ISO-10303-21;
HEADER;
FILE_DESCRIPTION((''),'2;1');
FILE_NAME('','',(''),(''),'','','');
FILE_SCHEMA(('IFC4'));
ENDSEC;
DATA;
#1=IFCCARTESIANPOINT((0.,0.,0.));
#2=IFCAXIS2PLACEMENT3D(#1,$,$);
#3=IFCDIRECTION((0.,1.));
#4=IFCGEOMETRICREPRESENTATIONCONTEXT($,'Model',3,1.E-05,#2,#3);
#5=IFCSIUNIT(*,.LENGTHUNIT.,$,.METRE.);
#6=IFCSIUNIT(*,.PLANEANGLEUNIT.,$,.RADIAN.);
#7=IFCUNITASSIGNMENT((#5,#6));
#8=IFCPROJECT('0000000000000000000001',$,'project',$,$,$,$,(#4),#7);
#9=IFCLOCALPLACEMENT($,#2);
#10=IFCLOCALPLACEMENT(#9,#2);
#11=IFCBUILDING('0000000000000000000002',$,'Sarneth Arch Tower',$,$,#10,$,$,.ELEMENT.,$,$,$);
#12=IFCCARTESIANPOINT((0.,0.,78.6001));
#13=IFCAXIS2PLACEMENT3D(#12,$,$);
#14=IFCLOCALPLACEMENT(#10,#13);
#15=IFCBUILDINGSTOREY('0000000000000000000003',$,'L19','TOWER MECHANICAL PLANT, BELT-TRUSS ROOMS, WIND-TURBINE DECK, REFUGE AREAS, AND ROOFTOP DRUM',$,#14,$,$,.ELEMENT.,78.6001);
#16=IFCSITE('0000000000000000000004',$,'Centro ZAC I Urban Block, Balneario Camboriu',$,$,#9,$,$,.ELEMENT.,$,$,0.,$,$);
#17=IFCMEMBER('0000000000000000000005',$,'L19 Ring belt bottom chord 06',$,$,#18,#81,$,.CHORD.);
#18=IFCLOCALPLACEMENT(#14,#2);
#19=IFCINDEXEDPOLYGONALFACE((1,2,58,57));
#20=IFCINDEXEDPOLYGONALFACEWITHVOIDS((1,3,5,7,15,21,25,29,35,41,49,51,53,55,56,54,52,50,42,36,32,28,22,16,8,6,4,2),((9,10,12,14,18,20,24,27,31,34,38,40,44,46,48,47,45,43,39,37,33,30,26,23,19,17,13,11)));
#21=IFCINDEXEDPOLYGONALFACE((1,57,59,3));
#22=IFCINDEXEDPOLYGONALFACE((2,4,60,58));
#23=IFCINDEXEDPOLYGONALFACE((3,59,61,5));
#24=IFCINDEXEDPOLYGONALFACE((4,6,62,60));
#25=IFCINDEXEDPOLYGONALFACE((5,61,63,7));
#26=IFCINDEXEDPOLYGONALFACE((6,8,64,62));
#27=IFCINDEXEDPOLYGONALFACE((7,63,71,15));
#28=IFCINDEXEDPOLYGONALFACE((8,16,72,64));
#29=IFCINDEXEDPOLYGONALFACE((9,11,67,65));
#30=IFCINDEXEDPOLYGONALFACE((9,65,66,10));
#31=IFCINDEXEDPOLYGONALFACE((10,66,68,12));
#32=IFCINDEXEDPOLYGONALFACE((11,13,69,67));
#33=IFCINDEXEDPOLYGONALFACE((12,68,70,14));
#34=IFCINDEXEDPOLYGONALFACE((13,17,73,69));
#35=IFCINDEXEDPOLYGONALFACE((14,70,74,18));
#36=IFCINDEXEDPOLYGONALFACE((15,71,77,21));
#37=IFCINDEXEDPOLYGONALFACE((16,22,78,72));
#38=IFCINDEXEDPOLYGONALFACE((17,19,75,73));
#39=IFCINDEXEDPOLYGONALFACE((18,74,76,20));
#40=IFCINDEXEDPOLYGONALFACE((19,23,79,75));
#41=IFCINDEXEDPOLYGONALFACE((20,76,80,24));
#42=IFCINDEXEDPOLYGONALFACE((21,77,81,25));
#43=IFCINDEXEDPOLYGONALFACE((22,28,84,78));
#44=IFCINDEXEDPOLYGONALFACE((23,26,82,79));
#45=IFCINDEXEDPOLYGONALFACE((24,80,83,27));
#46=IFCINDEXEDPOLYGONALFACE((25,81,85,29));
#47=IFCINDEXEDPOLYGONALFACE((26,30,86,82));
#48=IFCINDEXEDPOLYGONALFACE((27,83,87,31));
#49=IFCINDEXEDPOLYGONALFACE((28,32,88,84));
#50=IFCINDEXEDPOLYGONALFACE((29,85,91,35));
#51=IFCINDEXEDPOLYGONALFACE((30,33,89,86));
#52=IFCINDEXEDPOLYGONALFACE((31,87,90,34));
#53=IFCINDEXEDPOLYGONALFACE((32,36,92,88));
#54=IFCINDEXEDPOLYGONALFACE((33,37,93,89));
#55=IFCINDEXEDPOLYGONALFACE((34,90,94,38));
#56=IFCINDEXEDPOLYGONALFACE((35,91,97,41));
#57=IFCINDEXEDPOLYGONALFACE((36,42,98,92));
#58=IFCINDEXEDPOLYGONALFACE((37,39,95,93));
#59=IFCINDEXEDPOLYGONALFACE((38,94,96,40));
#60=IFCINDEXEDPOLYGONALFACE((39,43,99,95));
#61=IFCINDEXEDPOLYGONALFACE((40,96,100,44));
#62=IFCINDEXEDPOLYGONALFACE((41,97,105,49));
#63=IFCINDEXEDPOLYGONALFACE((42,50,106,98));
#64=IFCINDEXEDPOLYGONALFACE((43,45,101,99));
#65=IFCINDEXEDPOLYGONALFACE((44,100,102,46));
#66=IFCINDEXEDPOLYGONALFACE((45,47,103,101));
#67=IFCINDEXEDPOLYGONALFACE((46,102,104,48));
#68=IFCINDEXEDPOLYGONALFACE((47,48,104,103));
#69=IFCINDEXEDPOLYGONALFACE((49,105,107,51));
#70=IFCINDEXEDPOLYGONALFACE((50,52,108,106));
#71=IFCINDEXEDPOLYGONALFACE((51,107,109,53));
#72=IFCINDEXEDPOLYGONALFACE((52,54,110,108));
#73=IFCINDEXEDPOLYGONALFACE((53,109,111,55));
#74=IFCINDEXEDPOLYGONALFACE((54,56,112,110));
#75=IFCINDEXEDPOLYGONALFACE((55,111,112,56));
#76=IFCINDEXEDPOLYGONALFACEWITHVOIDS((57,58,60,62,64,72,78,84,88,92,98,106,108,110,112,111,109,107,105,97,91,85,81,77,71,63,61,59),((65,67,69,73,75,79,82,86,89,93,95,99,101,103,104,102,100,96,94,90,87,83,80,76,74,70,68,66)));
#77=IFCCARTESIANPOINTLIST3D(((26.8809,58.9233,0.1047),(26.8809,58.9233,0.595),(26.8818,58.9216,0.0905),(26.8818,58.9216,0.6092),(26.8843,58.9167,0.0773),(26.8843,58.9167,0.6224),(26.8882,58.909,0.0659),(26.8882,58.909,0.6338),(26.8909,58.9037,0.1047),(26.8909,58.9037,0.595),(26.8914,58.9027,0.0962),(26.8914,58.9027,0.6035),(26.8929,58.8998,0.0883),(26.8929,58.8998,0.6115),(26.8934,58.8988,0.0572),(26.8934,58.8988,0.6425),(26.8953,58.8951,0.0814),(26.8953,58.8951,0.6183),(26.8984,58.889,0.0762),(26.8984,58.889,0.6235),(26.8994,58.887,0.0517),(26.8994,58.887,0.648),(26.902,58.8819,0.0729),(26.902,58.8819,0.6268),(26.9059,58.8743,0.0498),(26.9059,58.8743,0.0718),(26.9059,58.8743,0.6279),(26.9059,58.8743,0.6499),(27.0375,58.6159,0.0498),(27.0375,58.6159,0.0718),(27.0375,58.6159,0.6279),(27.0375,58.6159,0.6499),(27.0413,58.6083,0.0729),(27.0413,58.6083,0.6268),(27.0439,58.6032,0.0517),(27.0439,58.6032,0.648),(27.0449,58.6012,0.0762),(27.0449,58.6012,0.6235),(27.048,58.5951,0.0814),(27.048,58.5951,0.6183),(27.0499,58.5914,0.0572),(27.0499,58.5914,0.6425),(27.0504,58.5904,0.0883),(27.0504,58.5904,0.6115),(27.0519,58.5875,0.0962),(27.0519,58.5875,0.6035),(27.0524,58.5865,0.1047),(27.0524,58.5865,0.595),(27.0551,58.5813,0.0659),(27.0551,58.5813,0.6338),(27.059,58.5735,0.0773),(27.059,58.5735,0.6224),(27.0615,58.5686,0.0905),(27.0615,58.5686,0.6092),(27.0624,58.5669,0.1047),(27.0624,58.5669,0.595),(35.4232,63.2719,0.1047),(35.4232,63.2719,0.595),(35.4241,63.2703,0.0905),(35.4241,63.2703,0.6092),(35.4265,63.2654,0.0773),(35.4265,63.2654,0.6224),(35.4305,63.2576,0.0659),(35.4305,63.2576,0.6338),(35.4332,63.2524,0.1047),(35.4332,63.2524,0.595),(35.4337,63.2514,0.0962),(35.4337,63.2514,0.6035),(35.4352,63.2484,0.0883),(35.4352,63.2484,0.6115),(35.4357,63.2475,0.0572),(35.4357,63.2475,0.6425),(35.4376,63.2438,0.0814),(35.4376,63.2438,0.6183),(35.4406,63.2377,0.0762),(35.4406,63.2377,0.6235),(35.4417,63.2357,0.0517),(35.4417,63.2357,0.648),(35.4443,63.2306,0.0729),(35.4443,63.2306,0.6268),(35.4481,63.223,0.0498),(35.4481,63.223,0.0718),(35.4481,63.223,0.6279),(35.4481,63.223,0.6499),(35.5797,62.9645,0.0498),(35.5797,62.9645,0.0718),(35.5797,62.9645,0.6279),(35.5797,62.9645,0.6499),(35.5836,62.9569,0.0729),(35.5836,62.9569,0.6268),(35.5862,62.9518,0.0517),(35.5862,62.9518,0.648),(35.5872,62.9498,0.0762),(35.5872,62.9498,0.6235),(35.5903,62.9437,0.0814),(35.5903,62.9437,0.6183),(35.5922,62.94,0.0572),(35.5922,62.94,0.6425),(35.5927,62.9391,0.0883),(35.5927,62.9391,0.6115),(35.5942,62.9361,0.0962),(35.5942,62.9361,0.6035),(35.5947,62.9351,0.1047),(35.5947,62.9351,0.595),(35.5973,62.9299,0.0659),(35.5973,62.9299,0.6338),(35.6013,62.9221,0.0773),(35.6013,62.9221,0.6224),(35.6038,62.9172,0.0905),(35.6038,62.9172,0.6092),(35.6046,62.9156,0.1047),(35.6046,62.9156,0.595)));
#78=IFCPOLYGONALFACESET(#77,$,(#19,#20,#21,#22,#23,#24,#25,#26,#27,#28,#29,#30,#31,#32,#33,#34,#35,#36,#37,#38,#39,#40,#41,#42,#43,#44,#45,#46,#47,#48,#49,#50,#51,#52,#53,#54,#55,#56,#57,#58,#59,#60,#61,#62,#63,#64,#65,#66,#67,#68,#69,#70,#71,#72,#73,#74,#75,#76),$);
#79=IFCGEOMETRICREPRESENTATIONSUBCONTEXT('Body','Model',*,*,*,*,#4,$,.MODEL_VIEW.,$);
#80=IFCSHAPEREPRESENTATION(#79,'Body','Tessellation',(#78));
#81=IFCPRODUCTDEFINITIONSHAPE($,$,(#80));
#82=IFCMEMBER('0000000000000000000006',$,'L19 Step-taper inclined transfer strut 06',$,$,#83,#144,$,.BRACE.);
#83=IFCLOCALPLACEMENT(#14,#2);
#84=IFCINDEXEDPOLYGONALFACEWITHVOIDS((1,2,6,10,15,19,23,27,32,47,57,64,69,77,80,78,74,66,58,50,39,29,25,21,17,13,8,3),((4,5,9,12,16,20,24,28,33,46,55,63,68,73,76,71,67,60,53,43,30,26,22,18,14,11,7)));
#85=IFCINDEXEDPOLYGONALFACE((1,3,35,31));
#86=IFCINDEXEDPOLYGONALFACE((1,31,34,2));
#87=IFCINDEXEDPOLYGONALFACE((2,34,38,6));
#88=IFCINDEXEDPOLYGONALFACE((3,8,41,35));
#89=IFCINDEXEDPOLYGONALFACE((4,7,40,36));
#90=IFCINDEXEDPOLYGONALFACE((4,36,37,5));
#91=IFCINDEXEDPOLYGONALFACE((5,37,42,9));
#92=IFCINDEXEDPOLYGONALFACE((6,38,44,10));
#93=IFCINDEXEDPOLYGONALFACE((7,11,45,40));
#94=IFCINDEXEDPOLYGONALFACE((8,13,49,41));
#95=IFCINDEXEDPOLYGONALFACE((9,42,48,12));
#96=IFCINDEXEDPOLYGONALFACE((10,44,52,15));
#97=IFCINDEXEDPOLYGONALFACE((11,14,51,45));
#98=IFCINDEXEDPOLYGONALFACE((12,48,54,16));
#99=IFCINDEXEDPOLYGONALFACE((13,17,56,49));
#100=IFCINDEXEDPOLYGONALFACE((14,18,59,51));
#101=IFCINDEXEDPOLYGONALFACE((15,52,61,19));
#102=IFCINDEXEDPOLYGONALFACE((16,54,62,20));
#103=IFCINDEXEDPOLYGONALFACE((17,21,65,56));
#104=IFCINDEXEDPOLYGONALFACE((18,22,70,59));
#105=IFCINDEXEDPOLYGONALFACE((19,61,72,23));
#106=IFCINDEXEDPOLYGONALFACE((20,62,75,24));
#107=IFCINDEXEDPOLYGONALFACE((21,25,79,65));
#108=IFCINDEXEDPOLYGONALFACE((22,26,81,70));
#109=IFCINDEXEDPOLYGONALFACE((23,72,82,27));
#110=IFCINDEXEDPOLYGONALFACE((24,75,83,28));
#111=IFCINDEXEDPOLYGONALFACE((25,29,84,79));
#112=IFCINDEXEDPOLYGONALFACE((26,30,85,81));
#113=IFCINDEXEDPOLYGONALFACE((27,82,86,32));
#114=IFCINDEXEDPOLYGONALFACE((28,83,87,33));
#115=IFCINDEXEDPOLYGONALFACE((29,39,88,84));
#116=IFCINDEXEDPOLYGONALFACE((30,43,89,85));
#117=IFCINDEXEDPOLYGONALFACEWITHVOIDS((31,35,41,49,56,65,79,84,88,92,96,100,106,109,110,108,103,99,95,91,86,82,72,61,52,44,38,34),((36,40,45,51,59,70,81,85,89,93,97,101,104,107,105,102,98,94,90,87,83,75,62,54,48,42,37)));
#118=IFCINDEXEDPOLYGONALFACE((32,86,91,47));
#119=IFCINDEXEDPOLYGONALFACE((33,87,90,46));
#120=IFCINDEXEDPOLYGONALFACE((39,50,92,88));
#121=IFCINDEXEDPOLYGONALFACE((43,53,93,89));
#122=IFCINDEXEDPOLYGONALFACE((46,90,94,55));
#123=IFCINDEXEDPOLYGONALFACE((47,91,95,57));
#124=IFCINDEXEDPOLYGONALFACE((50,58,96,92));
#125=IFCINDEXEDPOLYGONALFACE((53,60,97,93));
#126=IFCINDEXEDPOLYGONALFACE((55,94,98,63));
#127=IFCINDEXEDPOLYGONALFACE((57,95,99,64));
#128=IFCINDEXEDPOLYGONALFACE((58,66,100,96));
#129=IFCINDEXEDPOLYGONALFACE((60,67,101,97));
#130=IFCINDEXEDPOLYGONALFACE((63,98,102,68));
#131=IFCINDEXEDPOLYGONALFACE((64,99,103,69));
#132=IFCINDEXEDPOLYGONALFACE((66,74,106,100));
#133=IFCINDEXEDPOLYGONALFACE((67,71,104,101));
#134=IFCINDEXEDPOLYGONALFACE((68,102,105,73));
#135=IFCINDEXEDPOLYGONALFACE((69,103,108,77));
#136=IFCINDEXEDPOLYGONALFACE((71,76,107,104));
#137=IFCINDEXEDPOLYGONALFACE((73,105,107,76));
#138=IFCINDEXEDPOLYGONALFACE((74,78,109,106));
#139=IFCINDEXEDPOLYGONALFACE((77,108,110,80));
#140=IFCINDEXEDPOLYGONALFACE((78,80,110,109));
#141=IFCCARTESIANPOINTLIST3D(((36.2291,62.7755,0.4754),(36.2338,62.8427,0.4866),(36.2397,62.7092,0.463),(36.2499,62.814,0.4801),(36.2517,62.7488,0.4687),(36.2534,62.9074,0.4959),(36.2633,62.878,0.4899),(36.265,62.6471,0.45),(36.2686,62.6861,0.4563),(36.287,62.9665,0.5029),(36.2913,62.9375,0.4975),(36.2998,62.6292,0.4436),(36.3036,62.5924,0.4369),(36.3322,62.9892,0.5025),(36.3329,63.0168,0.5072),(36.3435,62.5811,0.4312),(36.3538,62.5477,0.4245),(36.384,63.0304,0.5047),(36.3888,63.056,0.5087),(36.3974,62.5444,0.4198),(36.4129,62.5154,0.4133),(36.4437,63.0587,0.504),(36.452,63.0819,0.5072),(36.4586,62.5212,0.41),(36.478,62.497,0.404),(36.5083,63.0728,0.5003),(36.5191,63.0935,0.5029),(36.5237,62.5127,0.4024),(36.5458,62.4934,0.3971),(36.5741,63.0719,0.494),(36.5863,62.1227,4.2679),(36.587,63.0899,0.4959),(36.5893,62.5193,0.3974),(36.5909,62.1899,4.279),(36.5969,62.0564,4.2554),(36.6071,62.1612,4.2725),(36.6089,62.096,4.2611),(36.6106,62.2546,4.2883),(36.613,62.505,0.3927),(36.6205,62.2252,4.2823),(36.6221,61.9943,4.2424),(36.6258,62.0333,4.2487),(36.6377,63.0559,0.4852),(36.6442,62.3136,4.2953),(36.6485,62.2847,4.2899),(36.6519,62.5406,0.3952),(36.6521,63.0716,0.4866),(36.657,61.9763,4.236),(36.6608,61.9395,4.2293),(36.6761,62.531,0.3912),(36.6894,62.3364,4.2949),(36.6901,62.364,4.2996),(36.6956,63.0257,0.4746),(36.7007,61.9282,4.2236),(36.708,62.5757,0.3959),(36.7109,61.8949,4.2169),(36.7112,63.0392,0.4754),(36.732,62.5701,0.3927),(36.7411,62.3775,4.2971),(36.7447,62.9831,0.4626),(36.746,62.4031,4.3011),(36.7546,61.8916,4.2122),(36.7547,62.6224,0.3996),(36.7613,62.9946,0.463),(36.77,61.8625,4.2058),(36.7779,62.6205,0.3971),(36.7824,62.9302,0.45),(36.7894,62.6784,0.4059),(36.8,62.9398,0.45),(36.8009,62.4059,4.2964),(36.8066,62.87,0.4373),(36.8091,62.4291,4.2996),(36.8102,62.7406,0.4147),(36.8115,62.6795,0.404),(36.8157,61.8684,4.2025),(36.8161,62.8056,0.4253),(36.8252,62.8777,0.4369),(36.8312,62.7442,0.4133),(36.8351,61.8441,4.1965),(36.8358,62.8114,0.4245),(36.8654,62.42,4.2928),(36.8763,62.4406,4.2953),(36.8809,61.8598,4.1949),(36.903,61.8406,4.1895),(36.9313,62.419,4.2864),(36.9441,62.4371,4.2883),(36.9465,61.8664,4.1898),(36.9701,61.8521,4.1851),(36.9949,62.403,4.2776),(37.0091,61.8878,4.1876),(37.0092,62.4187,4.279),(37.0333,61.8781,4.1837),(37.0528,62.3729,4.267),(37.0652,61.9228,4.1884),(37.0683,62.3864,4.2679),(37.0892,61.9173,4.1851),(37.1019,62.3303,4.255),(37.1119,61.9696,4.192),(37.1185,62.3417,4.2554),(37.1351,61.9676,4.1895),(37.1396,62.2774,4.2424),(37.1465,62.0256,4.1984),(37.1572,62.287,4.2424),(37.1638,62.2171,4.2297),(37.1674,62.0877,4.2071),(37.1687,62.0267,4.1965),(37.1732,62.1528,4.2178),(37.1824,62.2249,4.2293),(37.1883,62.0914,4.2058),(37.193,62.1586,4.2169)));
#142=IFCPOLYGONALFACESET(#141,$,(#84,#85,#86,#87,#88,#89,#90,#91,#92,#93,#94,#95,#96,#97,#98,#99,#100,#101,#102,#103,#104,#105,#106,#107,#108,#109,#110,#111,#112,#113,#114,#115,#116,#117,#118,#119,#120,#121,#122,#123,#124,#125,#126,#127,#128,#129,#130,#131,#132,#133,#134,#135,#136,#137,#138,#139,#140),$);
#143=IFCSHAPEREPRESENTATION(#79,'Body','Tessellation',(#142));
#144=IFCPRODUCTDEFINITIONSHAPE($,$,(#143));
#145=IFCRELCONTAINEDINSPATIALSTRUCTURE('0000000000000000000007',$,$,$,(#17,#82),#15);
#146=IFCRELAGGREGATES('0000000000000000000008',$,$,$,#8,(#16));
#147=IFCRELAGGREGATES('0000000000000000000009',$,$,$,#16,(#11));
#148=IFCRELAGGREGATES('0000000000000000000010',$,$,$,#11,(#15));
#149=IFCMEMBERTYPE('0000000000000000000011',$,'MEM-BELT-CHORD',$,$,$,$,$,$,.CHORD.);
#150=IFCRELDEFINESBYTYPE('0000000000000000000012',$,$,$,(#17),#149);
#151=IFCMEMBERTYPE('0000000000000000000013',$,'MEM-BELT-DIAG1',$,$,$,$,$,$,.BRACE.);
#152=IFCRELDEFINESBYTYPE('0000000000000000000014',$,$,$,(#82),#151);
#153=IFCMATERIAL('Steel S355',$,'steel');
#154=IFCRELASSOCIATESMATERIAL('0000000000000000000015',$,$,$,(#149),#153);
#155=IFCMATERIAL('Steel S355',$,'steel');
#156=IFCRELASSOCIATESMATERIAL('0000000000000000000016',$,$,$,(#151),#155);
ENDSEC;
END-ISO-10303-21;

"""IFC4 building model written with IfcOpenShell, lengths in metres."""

from ifc_helpers import new_model, si_unit, direction, frame, origin, origin_2d, place, context, subcontext, project, spatial, hollow_rectangle, hollow_circle, extrude, material, material_profile, profile_set, type_object, element, save


model = new_model("IFC4")

# Units and contexts
model_context = context("Model", 3, precision=1e-05, world=origin(), true_north=direction((0.0, 1.0)))
body_context = subcontext(model_context, "Body", "Model", "MODEL_VIEW")
ifc_project = project(units=[si_unit("LENGTHUNIT", "METRE"), si_unit("PLANEANGLEUNIT", "RADIAN")], contexts=[model_context])

# Site, building, storey
site_placement = place(None, origin())
site = spatial("IfcSite", under=ifc_project, at=site_placement, Name="Centro ZAC I Urban Block, Balneario Camboriu", CompositionType="ELEMENT", RefElevation=0.0)
building_placement = place(site_placement, origin())
building = spatial("IfcBuilding", under=site, at=building_placement, Name="Sarneth Arch Tower", CompositionType="ELEMENT")
storey_placement = place(building_placement, frame((0.0, 0.0, 78.6001)))
storey = spatial("IfcBuildingStorey", under=building, at=storey_placement, Name="L19", Description="TOWER MECHANICAL PLANT, BELT-TRUSS ROOMS, WIND-TURBINE DECK, REFUGE AREAS, AND ROOFTOP DRUM", CompositionType="ELEMENT", Elevation=78.6001)

# Members
ifc_material_1 = material(Name="Steel S355", Category="steel")
ifc_material_profile_1 = material_profile(ifc_material_1, hollow_rectangle(XDim=0.3999, YDim=0.6001, WallThickness=0.022, InnerFilletRadius=0.033, OuterFilletRadius=0.0549, at=origin_2d()), Name="RHS600x400x22")
ifc_profile_set_1 = profile_set([ifc_material_profile_1], Name="Steel S355")
member_type_1 = type_object("IfcMemberType", Name="MEM-BELT-CHORD", PredefinedType="CHORD", material=ifc_profile_set_1)
member_1_placement = place(storey_placement, frame((35.5139, 63.0938, 0.3499), z_axis=(-0.891169, -0.453671, 0.0), x_axis=(0.453671, -0.891169, 0.0)))
element("IfcMember", 1, at=member_1_placement, inside=storey, type_object=member_type_1, Name="L19 Ring belt bottom chord 06", PredefinedType="CHORD", context=body_context, shape_type="SweptSolid", body=[
    extrude(hollow_rectangle(XDim=0.3999, YDim=0.6001, WallThickness=0.022, InnerFilletRadius=0.033, OuterFilletRadius=0.0549, at=origin_2d()), origin(), (0.0, 0.0, 1.0), 9.5854),
])
ifc_material_2 = material(Name="Steel S355", Category="steel")
ifc_material_profile_2 = material_profile(ifc_material_2, hollow_circle(Radius=0.3049, WallThickness=0.02, at=origin_2d()), Name="CHS610x20")
ifc_profile_set_2 = profile_set([ifc_material_profile_2], Name="Steel S355")
member_type_2 = type_object("IfcMemberType", Name="MEM-BELT-DIAG1", PredefinedType="BRACE", material=ifc_profile_set_2)
member_2_placement = place(storey_placement, frame((36.5325, 62.7935, 0.45), z_axis=(0.092418, -0.168917, 0.981288), x_axis=(0.87728, 0.479978, 0.0)))
element("IfcMember", 2, at=member_2_placement, inside=storey, type_object=member_type_2, Name="L19 Step-taper inclined transfer strut 06", PredefinedType="BRACE", context=body_context, shape_type="SweptSolid", body=[
    extrude(hollow_circle(Radius=0.3049, WallThickness=0.02, at=origin_2d()), origin(), (0.0, 0.0, 1.0), 3.8647),
])

save(model, "model.ifc")
